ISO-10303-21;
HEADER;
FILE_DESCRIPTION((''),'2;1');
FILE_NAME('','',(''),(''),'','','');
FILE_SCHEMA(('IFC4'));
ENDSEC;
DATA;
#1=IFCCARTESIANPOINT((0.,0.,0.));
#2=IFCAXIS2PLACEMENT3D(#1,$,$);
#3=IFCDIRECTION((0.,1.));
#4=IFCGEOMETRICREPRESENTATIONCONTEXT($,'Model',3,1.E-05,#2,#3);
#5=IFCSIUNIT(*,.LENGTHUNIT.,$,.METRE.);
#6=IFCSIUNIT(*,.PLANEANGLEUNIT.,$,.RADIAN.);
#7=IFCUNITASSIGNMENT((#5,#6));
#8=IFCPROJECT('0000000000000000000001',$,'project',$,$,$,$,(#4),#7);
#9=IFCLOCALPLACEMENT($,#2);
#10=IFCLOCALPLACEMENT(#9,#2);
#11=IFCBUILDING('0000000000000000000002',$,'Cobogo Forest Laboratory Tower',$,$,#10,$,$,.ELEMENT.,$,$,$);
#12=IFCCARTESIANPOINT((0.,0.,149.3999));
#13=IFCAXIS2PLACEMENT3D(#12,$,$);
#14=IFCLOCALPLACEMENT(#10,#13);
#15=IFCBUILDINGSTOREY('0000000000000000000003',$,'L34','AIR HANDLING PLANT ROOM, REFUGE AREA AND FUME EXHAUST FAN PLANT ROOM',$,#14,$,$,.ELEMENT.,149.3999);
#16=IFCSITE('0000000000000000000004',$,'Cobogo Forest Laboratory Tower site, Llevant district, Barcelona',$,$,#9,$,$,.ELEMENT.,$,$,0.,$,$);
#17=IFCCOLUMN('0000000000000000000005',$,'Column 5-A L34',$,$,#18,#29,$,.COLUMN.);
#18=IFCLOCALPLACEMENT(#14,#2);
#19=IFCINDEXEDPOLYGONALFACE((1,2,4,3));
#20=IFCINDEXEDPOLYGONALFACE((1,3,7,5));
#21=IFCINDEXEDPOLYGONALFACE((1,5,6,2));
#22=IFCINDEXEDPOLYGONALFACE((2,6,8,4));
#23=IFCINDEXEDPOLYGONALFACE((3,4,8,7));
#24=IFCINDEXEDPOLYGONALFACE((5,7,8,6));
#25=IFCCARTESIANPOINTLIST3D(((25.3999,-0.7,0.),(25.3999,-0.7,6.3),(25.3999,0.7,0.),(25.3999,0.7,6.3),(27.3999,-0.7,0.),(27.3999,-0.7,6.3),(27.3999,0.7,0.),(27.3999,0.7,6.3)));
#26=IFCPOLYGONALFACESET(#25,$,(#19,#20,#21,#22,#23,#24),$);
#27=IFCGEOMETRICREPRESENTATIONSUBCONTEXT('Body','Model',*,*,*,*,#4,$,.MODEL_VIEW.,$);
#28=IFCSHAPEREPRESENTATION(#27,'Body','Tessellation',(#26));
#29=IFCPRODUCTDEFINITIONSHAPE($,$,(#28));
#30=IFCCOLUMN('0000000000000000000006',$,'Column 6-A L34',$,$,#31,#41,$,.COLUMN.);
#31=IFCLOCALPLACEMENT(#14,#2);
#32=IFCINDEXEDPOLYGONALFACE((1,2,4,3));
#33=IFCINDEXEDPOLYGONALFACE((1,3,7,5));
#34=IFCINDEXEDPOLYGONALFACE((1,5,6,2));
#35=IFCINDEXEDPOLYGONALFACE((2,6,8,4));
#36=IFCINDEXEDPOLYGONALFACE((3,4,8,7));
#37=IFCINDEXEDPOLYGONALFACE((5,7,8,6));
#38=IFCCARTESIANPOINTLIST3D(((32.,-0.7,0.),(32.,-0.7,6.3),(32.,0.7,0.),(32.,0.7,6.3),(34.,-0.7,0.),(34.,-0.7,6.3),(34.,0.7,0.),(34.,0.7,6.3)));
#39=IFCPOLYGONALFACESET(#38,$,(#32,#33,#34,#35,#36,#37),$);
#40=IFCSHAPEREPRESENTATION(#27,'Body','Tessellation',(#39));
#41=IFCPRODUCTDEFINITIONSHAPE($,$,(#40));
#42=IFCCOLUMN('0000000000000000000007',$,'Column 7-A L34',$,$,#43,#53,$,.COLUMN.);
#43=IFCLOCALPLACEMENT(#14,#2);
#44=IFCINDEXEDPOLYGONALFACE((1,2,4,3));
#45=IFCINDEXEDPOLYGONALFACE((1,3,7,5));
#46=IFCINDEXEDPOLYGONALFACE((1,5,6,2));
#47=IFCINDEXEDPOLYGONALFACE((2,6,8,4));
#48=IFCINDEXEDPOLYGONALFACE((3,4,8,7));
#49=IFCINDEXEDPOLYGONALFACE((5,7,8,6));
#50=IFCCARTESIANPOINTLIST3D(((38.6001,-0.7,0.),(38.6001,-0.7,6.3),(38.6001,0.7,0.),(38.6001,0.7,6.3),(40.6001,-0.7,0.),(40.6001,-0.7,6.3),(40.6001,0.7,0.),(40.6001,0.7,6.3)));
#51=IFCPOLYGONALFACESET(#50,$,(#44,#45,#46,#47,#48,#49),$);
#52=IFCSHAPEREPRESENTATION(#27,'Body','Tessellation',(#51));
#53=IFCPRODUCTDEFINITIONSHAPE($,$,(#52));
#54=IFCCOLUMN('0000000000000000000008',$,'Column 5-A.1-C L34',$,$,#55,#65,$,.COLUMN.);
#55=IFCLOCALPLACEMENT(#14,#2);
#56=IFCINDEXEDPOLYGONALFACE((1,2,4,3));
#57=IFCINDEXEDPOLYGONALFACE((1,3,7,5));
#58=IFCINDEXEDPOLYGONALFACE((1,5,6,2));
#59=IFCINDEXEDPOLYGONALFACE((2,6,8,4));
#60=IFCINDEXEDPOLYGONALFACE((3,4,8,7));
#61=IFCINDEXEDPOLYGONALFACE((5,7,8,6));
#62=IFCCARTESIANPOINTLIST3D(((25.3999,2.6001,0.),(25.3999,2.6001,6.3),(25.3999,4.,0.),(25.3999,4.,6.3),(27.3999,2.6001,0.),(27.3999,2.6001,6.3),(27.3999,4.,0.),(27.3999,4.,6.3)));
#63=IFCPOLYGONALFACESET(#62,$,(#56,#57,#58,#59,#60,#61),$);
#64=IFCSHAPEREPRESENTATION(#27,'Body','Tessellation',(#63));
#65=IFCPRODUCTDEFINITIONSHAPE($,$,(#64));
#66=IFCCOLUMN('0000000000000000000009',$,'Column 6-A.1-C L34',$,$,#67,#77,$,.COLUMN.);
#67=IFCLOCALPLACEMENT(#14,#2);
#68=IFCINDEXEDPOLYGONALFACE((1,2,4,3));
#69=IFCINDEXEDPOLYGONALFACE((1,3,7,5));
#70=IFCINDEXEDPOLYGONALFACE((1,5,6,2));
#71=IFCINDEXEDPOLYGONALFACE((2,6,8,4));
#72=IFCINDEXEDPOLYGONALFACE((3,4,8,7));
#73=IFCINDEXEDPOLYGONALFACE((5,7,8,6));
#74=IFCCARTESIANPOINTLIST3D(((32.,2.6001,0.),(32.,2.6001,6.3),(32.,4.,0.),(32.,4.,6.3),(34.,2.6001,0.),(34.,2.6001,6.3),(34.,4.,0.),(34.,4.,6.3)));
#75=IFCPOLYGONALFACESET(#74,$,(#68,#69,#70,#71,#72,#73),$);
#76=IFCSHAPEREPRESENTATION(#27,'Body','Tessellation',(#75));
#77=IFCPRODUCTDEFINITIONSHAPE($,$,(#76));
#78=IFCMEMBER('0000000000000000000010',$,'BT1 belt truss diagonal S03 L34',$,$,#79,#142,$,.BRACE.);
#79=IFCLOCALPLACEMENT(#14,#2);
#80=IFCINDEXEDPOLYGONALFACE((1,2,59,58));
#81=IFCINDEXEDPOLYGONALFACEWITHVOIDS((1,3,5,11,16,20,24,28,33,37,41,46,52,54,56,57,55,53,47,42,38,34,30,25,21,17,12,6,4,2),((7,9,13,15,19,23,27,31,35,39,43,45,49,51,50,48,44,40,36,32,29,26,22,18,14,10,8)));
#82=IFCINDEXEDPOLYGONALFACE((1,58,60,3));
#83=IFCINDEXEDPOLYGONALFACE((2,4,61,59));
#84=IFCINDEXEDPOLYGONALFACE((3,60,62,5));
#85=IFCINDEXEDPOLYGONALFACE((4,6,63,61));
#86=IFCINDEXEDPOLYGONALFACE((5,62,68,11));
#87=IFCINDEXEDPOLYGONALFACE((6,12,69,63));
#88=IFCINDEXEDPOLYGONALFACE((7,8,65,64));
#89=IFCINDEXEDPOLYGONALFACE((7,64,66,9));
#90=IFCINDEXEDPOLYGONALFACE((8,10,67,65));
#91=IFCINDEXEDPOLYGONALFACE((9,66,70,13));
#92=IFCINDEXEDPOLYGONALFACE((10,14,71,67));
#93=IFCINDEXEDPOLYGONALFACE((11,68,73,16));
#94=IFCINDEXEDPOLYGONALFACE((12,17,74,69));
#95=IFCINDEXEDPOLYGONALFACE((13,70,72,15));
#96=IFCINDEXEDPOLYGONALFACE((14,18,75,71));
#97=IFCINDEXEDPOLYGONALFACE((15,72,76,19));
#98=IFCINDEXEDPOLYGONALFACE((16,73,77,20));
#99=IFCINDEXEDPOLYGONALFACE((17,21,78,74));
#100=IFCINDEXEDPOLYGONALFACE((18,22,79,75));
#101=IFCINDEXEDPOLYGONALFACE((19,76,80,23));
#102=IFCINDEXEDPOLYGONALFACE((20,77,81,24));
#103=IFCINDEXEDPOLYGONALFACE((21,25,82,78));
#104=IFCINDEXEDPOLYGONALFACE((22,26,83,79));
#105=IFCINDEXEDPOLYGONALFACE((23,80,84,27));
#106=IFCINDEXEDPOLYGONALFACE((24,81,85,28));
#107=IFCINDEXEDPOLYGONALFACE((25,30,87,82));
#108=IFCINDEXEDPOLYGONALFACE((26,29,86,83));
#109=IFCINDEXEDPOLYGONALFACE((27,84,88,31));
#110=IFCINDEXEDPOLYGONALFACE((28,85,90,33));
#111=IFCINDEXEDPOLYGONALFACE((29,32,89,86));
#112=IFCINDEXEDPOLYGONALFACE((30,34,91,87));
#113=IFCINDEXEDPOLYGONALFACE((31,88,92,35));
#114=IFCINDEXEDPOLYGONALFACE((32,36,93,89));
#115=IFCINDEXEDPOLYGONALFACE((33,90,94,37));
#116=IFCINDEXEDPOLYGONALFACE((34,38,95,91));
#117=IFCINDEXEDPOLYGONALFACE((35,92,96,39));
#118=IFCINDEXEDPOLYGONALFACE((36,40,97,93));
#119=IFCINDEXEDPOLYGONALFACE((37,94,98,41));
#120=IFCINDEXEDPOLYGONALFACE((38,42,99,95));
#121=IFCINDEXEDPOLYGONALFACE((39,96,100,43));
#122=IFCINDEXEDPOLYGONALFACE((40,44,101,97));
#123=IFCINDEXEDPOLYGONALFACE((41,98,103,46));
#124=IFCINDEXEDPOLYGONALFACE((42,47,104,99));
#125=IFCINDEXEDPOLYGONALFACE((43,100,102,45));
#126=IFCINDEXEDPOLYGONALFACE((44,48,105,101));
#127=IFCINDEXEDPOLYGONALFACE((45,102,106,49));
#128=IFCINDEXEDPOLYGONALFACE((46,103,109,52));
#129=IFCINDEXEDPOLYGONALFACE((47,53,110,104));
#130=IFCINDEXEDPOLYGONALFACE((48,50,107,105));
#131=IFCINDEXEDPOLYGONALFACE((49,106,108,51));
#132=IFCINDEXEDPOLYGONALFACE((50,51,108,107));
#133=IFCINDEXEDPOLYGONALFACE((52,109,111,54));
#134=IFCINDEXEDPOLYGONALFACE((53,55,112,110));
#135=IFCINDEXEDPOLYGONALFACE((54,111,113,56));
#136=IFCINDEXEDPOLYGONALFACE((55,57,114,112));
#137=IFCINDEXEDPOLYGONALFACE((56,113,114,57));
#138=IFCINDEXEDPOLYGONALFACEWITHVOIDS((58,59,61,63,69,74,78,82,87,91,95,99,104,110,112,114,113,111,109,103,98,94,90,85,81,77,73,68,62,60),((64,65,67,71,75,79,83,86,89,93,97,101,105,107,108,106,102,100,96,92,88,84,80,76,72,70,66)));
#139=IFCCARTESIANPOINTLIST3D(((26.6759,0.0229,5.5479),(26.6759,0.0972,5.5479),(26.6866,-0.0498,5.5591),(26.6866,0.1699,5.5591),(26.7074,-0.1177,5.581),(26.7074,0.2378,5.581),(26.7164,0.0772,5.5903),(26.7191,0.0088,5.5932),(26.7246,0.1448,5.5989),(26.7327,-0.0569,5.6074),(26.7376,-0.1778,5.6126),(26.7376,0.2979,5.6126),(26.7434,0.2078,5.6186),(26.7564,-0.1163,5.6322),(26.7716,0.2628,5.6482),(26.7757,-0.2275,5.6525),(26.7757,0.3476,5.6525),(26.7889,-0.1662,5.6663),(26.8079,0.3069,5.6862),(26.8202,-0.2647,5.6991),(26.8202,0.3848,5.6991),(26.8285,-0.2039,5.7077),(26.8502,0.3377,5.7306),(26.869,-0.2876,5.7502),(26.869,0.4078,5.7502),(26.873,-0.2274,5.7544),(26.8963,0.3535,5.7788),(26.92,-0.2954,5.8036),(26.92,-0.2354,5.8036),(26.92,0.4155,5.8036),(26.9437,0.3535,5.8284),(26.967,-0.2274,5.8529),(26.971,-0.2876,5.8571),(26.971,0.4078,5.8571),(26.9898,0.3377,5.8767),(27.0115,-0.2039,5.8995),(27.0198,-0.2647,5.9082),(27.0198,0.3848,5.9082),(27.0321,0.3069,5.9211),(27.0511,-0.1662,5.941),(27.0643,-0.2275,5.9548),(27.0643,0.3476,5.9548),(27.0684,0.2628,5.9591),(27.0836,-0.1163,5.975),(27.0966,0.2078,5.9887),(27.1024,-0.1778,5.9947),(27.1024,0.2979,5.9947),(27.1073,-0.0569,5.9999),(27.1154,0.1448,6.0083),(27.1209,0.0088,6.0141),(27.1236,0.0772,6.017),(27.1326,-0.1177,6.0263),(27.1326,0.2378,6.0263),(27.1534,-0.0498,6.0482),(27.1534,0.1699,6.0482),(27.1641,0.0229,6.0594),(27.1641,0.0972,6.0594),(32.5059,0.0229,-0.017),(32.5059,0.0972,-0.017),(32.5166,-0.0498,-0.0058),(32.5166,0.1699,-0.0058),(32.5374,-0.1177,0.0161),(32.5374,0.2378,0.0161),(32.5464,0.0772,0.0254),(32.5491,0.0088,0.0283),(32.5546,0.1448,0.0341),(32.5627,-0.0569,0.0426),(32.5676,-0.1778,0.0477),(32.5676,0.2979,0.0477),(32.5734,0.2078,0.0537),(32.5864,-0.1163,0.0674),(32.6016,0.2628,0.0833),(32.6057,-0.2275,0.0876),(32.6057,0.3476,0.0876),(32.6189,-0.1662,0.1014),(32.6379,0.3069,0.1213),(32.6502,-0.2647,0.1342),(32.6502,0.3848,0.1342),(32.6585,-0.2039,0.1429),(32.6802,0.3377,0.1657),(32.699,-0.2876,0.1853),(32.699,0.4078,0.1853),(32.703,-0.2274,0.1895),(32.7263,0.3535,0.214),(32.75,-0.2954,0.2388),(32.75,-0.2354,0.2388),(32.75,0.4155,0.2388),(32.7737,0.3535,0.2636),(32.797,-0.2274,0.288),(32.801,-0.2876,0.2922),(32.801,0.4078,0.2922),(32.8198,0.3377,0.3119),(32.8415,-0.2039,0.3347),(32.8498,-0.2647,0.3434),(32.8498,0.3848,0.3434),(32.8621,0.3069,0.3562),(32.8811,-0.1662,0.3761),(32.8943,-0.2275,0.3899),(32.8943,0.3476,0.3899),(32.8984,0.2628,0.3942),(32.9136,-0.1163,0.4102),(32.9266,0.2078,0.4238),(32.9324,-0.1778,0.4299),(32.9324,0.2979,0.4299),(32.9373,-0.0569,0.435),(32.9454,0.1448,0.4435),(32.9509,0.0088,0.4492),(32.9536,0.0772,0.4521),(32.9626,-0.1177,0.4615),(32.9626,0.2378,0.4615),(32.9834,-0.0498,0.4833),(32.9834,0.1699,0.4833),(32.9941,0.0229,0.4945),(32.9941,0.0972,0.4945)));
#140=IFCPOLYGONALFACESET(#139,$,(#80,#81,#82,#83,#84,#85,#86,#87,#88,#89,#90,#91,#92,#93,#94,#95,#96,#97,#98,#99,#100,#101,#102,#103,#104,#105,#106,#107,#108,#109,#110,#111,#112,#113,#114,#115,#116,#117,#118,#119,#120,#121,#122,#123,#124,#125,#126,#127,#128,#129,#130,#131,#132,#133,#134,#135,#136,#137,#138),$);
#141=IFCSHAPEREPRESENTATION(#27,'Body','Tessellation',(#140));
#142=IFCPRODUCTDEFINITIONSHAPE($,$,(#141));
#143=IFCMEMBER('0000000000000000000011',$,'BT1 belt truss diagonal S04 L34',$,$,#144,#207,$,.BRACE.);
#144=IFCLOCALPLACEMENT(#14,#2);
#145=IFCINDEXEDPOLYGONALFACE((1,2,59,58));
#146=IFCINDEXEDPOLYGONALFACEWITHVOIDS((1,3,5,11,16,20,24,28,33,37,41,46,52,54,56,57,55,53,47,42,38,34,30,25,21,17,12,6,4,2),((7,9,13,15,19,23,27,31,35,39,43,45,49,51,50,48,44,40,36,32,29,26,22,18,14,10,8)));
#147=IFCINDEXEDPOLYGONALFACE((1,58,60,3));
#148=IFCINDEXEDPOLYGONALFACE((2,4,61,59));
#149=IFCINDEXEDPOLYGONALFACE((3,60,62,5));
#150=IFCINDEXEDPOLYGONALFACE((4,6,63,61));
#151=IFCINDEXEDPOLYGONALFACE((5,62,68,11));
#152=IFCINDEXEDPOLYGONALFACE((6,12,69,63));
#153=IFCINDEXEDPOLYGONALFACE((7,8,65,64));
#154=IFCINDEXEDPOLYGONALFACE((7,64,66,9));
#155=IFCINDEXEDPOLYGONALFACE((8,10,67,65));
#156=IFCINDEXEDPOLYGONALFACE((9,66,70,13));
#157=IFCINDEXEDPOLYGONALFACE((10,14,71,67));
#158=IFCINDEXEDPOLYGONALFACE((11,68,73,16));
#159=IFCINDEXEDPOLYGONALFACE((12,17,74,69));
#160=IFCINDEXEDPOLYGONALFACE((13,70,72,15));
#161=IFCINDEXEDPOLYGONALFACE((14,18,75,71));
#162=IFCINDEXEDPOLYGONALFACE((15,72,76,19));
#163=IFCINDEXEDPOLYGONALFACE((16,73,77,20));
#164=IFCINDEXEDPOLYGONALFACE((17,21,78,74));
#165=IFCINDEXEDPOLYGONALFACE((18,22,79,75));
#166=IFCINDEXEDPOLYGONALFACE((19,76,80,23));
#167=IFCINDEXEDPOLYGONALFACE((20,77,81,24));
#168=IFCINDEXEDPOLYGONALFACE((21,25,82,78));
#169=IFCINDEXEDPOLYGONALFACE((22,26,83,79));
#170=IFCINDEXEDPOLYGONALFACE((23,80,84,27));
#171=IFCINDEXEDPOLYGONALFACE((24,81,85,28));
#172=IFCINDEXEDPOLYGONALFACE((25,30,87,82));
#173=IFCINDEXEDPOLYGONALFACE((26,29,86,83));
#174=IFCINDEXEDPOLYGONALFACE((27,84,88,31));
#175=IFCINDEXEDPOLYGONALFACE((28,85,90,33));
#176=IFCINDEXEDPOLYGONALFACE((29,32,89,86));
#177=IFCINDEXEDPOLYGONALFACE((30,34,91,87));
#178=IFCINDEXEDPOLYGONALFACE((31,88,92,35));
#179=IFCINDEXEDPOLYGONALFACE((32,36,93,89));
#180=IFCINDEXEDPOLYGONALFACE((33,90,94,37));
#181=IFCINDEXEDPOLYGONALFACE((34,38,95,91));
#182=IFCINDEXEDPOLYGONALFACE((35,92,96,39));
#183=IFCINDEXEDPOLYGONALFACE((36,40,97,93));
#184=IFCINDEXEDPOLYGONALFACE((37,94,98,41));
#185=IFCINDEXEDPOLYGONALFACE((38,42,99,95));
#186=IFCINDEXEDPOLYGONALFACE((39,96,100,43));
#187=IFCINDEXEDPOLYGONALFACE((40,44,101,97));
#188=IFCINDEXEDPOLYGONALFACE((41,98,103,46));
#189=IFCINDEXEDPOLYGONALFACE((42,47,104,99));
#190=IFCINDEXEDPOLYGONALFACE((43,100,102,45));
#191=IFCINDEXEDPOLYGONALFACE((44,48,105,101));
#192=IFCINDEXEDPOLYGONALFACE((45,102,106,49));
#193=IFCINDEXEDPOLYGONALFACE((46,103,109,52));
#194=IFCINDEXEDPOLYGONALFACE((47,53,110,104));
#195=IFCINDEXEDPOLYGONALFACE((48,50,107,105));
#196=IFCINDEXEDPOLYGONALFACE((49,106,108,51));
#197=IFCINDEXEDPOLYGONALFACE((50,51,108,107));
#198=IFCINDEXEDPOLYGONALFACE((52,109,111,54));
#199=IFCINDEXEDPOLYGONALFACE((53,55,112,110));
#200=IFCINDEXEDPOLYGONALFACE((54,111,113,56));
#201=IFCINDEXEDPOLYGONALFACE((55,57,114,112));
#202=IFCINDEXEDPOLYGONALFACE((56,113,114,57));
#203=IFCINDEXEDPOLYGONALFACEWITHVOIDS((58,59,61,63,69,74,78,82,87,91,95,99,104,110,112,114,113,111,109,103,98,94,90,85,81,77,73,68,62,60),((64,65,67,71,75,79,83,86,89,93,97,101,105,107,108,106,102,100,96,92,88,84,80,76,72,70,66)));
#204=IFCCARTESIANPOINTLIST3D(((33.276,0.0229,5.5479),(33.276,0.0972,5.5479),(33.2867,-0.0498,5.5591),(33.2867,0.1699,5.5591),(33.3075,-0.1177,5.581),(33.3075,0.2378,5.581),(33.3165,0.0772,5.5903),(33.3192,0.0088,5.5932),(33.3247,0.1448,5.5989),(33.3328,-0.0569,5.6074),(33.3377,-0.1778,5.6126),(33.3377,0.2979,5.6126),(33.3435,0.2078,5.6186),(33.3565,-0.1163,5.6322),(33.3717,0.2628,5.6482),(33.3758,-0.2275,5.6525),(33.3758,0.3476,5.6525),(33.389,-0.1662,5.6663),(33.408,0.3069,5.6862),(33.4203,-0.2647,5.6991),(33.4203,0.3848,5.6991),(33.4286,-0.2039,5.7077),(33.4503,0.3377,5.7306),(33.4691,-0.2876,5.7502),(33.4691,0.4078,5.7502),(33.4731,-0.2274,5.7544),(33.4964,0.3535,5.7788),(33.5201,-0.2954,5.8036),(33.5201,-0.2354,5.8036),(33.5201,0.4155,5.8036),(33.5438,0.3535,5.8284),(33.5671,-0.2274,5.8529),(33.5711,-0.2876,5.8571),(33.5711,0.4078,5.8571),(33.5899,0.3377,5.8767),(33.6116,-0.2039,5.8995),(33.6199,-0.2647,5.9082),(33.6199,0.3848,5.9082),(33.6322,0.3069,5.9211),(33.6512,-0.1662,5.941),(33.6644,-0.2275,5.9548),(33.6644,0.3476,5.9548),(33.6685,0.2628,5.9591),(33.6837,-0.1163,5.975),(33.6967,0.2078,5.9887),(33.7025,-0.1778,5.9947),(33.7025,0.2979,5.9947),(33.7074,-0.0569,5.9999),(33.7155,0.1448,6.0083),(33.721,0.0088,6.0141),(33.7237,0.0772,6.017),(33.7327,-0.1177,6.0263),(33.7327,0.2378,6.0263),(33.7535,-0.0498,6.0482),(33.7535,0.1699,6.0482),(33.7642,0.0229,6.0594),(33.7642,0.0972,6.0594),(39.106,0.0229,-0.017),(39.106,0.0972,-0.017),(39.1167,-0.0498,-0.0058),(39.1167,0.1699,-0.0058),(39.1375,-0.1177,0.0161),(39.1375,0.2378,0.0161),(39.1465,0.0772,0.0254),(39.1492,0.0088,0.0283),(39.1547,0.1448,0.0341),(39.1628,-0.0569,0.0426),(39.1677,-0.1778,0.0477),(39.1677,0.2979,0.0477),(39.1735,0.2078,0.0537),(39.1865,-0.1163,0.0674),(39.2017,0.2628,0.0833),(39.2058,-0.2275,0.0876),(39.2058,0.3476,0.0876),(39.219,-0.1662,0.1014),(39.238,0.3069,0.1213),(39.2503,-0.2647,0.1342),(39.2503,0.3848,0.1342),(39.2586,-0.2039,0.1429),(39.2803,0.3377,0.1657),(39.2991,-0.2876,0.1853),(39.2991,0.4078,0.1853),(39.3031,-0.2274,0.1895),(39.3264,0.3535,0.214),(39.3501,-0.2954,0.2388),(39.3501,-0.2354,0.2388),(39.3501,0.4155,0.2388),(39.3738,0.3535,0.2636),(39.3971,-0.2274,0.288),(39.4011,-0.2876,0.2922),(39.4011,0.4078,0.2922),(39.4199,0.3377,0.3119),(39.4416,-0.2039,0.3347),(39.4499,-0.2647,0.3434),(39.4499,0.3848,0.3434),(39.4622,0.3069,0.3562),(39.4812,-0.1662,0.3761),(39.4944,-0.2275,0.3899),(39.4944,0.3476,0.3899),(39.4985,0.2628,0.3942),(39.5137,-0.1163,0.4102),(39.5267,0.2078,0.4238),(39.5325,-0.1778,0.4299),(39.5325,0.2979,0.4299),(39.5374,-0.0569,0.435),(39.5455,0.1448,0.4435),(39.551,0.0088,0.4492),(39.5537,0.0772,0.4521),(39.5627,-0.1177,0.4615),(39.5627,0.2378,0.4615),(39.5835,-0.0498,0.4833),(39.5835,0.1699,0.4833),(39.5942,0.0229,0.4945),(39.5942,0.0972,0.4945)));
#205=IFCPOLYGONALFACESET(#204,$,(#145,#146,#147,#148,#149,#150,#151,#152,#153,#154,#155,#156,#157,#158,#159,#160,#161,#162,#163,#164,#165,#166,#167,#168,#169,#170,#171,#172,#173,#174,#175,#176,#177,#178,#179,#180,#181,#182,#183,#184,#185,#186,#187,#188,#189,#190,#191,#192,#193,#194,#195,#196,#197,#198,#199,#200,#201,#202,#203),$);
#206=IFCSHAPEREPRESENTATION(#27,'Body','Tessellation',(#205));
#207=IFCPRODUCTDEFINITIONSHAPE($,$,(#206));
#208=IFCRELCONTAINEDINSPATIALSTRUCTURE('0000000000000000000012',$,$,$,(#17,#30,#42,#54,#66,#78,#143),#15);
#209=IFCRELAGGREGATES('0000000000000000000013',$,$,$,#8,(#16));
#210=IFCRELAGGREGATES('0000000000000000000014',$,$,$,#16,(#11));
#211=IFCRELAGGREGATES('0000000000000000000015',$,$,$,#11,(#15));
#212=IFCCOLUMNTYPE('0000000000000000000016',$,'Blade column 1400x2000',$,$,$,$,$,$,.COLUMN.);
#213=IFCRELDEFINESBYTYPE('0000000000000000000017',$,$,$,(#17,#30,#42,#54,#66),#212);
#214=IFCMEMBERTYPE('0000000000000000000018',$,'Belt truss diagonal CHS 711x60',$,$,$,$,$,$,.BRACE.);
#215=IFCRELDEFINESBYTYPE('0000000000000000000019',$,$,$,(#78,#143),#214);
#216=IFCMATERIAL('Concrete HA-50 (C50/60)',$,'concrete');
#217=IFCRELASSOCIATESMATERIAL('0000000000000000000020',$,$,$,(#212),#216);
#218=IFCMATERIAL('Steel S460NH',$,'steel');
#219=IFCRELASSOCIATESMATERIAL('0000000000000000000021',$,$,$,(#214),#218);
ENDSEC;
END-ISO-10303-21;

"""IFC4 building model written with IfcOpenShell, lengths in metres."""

from ifc_helpers import new_model, si_unit, direction, frame, origin, origin_2d, place, context, subcontext, project, spatial, rectangle, hollow_circle, extrude, material, material_profile, profile_set, type_object, element, save


model = new_model("IFC4")

# Units and contexts
model_context = context("Model", 3, precision=1e-05, world=origin(), true_north=direction((0.0, 1.0)))
body_context = subcontext(model_context, "Body", "Model", "MODEL_VIEW")
ifc_project = project(units=[si_unit("LENGTHUNIT", "METRE"), si_unit("PLANEANGLEUNIT", "RADIAN")], contexts=[model_context])

# Site, building, storey
site_placement = place(None, origin())
site = spatial("IfcSite", under=ifc_project, at=site_placement, Name="Cobogo Forest Laboratory Tower site, Llevant district, Barcelona", CompositionType="ELEMENT", RefElevation=0.0)
building_placement = place(site_placement, origin())
building = spatial("IfcBuilding", under=site, at=building_placement, Name="Cobogo Forest Laboratory Tower", CompositionType="ELEMENT")
storey_placement = place(building_placement, frame((0.0, 0.0, 149.3999)))
storey = spatial("IfcBuildingStorey", under=building, at=storey_placement, Name="L34", Description="AIR HANDLING PLANT ROOM, REFUGE AREA AND FUME EXHAUST FAN PLANT ROOM", CompositionType="ELEMENT", Elevation=149.3999)

# Columns
ifc_material_1 = material(Name="Concrete HA-50 (C50/60)", Category="concrete")
ifc_material_profile_1 = material_profile(ifc_material_1, rectangle(XDim=2.0, YDim=1.3999, at=origin_2d()), Name="RC 1400x2000")
ifc_profile_set_1 = profile_set([ifc_material_profile_1], Name="Concrete HA-50 (C50/60)")
column_type = type_object("IfcColumnType", Name="Blade column 1400x2000", PredefinedType="COLUMN", material=ifc_profile_set_1)
for number, where, z_axis, x_axis, name in (
    (1, (26.3999, 0.0, 0.0), (0.0, 0.0, 1.0), (1.0, 0.0, 0.0), "Column 5-A L34"),
    (2, (33.0, 0.0, 0.0), (0.0, 0.0, 1.0), (1.0, 0.0, 0.0), "Column 6-A L34"),
    (3, (39.6001, 0.0, 0.0), (0.0, 0.0, 1.0), (1.0, 0.0, 0.0), "Column 7-A L34"),
    (4, (26.3999, 3.3, 0.0), (0.0, 0.0, 1.0), (1.0, 0.0, 0.0), "Column 5-A.1-C L34"),
    (5, (33.0, 3.3, 0.0), (0.0, 0.0, 1.0), (1.0, 0.0, 0.0), "Column 6-A.1-C L34"),
):
    element("IfcColumn", number, at=place(storey_placement, frame(where, z_axis=z_axis, x_axis=x_axis)), inside=storey, type_object=column_type, Name=name, PredefinedType="COLUMN", context=body_context, shape_type="SweptSolid", body=[
        extrude(rectangle(XDim=2.0, YDim=1.3999, at=origin_2d()), origin(), (0.0, 0.0, 1.0), 6.3),
    ])

# Members
ifc_material_2 = material(Name="Steel S460NH", Category="steel")
ifc_material_profile_2 = material_profile(ifc_material_2, hollow_circle(Radius=0.3555, WallThickness=0.0601, at=origin_2d()), Name="CHS 711x60")
ifc_profile_set_2 = profile_set([ifc_material_profile_2], Name="Steel S460NH")
member_type_1 = type_object("IfcMemberType", Name="Belt truss diagonal CHS 711x60", PredefinedType="BRACE", material=ifc_profile_set_2)
for number, where, z_axis, x_axis, name in (
    (6, (32.75, 0.0601, 0.2388), (-0.723364, 0.0, 0.690467), (0.0, -1.0, 0.0), "BT1 belt truss diagonal S03 L34"),
    (7, (39.3501, 0.0601, 0.2388), (-0.723364, 0.0, 0.690467), (0.0, -1.0, 0.0), "BT1 belt truss diagonal S04 L34"),
):
    element("IfcMember", number, at=place(storey_placement, frame(where, z_axis=z_axis, x_axis=x_axis)), inside=storey, type_object=member_type_1, Name=name, PredefinedType="BRACE", context=body_context, shape_type="SweptSolid", body=[
        extrude(hollow_circle(Radius=0.3555, WallThickness=0.0601, at=origin_2d()), origin(), (0.0, 0.0, 1.0), 8.0596),
    ])

save(model, "model.ifc")
